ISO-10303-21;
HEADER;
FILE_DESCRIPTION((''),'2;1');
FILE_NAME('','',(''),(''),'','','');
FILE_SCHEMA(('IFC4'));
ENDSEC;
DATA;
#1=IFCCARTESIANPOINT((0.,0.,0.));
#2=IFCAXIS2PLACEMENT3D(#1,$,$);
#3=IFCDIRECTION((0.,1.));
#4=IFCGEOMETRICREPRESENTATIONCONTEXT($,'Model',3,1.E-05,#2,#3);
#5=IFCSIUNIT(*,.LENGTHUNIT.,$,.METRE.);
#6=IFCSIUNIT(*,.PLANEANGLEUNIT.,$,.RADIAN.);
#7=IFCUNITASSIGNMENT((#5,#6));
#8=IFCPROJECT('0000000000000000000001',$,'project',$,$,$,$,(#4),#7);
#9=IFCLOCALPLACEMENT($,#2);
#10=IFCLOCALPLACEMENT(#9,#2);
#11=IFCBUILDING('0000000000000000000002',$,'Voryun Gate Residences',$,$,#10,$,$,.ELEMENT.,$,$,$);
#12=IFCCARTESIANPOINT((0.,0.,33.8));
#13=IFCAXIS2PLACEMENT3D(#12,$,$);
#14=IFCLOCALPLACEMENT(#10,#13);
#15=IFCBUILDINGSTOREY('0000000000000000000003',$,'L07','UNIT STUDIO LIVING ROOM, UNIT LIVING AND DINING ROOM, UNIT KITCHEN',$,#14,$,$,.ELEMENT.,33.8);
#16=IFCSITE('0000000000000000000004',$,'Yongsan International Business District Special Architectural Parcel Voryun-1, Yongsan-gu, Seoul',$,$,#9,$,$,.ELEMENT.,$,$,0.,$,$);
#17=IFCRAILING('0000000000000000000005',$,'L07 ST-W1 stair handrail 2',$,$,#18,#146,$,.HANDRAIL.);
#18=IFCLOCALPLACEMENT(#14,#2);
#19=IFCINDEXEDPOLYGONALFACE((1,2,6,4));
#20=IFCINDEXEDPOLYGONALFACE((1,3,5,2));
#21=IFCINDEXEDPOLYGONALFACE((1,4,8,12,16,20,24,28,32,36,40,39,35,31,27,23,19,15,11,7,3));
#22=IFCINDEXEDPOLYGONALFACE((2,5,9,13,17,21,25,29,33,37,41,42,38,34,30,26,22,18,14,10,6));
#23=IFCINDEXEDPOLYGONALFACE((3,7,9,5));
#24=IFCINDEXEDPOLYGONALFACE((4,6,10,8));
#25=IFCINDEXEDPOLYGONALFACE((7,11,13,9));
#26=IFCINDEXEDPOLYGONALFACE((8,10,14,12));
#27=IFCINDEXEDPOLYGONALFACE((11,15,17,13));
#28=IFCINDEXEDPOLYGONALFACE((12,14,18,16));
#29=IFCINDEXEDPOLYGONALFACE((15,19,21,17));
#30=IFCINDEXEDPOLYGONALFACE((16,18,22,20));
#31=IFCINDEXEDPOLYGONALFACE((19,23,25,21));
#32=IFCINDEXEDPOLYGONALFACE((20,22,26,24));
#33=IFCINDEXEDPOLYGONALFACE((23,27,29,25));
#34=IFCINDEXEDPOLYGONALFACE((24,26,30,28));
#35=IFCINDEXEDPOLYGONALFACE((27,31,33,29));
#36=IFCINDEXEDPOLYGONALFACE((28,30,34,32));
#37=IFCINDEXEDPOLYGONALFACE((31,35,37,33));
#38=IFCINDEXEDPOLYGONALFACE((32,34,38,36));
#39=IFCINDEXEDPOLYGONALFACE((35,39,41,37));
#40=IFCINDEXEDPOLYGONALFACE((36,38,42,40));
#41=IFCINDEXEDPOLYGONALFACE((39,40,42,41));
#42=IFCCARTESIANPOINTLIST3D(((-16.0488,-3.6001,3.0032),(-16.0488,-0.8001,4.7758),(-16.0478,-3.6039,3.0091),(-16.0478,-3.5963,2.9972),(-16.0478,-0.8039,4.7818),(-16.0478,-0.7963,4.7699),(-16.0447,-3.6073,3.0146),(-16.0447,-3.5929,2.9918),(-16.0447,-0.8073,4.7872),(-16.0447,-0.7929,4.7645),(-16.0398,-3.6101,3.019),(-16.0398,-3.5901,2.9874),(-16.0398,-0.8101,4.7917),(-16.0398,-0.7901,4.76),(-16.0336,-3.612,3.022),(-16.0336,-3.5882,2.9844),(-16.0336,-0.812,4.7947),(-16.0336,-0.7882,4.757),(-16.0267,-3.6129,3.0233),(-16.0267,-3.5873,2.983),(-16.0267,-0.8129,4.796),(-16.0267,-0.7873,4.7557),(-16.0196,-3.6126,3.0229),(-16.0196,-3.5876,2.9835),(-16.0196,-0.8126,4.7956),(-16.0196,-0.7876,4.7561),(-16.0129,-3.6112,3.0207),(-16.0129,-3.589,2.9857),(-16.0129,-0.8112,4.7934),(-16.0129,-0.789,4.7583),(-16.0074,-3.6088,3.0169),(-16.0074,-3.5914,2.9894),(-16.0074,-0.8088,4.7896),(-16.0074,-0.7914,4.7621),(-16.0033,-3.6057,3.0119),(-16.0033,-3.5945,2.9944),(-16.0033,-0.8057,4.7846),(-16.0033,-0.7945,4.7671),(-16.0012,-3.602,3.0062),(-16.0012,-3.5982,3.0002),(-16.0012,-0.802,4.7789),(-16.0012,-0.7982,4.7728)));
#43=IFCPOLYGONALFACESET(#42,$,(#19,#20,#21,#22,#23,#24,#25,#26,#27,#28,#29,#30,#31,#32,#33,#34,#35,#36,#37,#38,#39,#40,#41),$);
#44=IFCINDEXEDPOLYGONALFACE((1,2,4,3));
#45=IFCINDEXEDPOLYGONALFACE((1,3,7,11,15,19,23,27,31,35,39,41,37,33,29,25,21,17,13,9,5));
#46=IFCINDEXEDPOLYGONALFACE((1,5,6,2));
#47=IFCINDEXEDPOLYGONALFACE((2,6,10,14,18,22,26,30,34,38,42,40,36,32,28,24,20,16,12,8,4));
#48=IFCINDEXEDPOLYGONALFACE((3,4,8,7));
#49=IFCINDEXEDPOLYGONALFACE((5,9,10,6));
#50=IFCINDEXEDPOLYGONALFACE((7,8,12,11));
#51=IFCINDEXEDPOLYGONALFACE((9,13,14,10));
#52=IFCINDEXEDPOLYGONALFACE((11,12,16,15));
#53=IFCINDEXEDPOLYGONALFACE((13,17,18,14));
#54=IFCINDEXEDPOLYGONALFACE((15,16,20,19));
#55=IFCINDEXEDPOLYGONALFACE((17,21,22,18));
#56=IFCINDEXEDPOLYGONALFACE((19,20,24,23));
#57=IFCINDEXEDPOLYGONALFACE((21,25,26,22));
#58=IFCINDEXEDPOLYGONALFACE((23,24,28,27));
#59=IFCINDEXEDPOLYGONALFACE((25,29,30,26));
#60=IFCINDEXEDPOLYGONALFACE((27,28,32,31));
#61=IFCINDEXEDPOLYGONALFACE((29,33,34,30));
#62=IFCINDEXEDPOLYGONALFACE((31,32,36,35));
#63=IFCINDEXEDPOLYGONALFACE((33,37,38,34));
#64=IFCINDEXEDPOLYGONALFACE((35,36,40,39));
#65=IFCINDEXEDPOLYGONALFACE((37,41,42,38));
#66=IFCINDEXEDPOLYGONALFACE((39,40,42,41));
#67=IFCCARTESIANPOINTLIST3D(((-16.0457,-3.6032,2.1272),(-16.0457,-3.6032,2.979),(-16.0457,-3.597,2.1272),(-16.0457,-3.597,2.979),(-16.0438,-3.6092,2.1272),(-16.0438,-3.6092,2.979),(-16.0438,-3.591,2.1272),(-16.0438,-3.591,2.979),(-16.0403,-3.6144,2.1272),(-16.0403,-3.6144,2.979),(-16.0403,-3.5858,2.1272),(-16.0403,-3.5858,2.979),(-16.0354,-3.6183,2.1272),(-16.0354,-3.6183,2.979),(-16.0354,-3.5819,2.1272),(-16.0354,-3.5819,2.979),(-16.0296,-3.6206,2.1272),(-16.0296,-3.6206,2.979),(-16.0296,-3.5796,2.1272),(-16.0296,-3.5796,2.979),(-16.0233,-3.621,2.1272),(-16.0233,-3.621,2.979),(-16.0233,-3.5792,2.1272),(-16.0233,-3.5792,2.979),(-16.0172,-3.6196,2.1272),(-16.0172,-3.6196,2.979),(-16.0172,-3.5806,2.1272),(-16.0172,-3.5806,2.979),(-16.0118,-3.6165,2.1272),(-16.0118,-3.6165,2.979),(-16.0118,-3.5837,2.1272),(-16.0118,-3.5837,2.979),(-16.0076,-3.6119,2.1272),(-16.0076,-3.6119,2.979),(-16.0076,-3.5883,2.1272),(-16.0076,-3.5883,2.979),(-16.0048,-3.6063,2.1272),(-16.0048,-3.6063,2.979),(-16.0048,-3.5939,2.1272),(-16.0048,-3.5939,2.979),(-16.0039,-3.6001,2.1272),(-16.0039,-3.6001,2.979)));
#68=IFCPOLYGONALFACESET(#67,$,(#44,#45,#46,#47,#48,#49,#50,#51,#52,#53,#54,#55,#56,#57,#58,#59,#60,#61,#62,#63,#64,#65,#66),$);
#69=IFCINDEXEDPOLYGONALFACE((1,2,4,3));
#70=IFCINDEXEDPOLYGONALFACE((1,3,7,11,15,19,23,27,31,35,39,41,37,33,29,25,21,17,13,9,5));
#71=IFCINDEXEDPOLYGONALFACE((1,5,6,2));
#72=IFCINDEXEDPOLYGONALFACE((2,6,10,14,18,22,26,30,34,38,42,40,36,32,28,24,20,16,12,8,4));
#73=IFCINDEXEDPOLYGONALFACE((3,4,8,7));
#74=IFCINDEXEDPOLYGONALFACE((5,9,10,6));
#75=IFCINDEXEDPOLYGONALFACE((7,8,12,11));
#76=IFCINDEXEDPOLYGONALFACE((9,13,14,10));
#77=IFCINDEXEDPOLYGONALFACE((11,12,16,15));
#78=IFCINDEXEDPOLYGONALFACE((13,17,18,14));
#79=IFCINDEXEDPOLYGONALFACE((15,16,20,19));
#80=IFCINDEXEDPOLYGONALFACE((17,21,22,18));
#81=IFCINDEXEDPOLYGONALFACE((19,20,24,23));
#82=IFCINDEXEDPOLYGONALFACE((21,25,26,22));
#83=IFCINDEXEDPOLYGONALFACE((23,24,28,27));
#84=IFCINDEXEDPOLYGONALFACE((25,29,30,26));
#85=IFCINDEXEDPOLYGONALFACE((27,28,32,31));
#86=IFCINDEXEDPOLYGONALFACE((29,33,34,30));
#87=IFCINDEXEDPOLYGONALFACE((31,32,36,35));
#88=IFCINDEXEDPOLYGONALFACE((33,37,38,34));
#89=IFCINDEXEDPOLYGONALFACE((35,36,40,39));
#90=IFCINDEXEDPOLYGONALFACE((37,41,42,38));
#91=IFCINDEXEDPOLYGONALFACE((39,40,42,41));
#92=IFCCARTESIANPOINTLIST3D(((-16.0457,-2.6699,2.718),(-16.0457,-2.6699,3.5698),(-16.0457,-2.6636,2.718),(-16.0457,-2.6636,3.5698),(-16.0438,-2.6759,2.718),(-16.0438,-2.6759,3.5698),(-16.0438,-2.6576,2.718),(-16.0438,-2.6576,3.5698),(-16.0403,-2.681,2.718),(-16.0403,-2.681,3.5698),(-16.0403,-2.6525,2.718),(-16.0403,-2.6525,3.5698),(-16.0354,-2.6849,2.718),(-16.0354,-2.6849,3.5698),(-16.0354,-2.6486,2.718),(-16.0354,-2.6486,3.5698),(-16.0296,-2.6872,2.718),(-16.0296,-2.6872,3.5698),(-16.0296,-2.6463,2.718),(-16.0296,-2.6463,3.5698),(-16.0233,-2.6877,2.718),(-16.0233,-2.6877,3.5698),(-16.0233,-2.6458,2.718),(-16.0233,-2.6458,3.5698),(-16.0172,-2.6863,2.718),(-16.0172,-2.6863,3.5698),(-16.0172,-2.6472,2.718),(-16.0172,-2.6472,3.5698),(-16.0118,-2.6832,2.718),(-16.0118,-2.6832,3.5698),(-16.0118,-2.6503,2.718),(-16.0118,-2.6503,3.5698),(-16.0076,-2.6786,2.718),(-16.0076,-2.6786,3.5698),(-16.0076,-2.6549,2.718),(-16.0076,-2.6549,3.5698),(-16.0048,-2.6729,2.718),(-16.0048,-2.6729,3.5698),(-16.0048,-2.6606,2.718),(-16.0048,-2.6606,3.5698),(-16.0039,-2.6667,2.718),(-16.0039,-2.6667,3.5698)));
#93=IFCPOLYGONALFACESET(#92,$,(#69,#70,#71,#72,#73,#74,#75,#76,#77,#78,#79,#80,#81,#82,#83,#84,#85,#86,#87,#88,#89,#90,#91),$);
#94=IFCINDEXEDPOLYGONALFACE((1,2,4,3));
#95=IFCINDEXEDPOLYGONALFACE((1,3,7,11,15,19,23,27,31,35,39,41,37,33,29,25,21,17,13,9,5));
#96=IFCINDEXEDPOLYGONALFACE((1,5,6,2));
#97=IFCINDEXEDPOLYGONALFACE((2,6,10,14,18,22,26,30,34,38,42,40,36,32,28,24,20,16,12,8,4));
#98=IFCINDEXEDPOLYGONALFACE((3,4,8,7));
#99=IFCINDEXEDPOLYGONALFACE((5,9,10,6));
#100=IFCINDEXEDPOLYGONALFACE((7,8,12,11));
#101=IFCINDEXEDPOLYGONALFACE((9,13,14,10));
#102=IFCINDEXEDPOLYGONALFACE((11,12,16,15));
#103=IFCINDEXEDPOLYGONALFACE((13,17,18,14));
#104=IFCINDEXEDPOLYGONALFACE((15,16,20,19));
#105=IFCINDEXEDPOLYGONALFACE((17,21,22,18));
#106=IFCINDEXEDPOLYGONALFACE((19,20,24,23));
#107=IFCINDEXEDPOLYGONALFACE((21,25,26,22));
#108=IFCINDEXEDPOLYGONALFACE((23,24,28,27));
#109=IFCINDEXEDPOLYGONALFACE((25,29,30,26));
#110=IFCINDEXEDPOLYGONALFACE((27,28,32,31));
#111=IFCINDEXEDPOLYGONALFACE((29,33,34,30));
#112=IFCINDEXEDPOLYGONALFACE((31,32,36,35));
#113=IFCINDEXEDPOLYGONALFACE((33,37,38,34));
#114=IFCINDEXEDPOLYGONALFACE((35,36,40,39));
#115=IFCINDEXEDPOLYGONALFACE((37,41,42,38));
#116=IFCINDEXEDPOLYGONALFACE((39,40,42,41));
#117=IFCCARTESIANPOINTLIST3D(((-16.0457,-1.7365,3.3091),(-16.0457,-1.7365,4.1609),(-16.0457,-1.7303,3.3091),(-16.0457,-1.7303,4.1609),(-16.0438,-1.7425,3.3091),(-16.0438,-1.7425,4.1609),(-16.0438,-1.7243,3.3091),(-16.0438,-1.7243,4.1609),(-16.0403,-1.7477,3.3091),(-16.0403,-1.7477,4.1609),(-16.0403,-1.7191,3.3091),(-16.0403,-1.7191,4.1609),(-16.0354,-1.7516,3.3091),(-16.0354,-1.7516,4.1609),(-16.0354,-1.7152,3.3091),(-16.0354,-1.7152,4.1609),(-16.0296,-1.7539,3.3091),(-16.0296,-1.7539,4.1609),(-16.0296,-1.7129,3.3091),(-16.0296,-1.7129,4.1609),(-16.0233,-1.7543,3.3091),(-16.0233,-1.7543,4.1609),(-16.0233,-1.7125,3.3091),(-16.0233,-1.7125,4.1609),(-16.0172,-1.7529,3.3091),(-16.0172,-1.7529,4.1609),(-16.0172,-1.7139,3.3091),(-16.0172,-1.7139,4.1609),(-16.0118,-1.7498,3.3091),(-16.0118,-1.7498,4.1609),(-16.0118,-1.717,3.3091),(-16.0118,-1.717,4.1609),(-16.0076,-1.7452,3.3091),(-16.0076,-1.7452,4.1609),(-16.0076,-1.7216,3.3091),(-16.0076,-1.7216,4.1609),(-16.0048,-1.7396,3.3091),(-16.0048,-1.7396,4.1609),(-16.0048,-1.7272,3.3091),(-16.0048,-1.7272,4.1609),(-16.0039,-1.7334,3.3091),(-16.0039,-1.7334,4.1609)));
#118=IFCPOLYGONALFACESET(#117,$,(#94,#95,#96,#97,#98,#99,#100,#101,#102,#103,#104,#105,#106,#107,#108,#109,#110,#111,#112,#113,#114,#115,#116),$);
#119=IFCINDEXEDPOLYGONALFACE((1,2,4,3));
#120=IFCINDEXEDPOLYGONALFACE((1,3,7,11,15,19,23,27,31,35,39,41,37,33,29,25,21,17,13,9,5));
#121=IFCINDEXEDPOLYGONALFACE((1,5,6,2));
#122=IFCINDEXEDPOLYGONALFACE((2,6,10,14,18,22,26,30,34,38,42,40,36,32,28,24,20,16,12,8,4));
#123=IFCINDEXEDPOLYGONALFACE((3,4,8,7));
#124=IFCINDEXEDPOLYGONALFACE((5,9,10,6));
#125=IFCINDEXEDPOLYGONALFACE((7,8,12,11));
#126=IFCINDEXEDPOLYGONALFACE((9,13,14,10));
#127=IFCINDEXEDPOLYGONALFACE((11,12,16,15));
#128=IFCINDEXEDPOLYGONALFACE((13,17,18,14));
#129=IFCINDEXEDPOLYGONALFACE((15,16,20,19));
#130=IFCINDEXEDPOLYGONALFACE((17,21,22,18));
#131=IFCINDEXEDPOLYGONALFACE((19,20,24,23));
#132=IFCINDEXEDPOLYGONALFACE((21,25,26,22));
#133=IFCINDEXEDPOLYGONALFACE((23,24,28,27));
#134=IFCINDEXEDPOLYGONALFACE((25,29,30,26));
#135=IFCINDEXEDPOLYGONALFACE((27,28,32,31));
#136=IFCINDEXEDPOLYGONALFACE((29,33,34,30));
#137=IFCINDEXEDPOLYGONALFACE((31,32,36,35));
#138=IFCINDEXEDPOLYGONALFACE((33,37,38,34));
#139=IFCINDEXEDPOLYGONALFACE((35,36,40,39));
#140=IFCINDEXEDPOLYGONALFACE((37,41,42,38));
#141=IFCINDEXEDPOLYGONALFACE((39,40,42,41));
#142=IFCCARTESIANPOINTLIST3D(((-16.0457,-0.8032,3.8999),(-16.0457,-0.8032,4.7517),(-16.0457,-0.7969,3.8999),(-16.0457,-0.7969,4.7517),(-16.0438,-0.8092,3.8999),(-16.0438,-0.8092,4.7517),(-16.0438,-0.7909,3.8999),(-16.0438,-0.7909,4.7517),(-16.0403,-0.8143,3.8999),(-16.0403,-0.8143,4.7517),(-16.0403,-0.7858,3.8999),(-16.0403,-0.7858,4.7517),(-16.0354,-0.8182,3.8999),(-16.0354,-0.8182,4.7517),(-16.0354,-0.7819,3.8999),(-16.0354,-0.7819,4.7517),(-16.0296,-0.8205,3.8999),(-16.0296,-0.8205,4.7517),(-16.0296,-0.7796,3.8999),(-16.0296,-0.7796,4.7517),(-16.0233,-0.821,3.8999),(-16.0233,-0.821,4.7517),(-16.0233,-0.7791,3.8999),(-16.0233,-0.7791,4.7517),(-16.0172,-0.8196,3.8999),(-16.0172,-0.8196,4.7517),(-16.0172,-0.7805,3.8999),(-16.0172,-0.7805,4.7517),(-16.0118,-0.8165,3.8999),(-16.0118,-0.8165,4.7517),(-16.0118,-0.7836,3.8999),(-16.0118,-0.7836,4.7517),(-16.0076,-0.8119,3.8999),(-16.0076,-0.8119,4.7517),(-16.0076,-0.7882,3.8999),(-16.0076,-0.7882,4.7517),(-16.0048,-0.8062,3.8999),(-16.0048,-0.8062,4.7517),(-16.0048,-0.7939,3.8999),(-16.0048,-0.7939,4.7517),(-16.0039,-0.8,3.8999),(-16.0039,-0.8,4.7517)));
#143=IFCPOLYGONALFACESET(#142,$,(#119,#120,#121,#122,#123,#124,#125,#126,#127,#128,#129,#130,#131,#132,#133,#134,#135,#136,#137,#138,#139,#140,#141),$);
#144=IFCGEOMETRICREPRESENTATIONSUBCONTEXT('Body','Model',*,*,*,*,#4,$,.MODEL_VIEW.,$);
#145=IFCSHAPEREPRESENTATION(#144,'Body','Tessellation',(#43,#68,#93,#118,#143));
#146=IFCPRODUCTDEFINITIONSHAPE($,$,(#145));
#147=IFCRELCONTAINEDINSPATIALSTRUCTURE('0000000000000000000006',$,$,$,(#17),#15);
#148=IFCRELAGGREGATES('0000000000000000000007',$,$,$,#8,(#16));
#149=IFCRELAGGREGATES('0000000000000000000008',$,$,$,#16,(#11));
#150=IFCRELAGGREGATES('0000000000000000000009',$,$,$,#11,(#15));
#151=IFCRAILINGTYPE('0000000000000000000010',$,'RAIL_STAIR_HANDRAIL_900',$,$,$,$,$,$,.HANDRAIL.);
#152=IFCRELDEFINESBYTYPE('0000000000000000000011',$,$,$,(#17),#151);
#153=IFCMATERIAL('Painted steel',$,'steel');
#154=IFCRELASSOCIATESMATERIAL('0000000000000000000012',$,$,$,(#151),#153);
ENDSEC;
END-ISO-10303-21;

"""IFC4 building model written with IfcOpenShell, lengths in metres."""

from ifc_helpers import new_model, si_unit, direction, frame, origin, origin_2d, place, context, subcontext, project, spatial, circle, extrude, material, type_object, element, save


model = new_model("IFC4")

# Units and contexts
model_context = context("Model", 3, precision=1e-05, world=origin(), true_north=direction((0.0, 1.0)))
body_context = subcontext(model_context, "Body", "Model", "MODEL_VIEW")
ifc_project = project(units=[si_unit("LENGTHUNIT", "METRE"), si_unit("PLANEANGLEUNIT", "RADIAN")], contexts=[model_context])

# Site, building, storey
site_placement = place(None, origin())
site = spatial("IfcSite", under=ifc_project, at=site_placement, Name="Yongsan International Business District Special Architectural Parcel Voryun-1, Yongsan-gu, Seoul", CompositionType="ELEMENT", RefElevation=0.0)
building_placement = place(site_placement, origin())
building = spatial("IfcBuilding", under=site, at=building_placement, Name="Voryun Gate Residences", CompositionType="ELEMENT")
storey_placement = place(building_placement, frame((0.0, 0.0, 33.8)))
storey = spatial("IfcBuildingStorey", under=building, at=storey_placement, Name="L07", Description="UNIT STUDIO LIVING ROOM, UNIT LIVING AND DINING ROOM, UNIT KITCHEN", CompositionType="ELEMENT", Elevation=33.8)

# Railing
ifc_material_1 = material(Name="Painted steel", Category="steel")
railing_type_1 = type_object("IfcRailingType", Name="RAIL_STAIR_HANDRAIL_900", PredefinedType="HANDRAIL", material=ifc_material_1)
railing_1_placement = place(storey_placement, frame((-16.0249, -3.6001, 2.1272)))
element("IfcRailing", 1, at=railing_1_placement, inside=storey, type_object=railing_type_1, Name="L07 ST-W1 stair handrail 2", PredefinedType="HANDRAIL", context=body_context, shape_type="SweptSolid", body=[
    extrude(circle(Radius=0.0239, at=origin_2d()), frame((0.0, 0.0, 0.876), z_axis=(0.0, 0.844909, 0.53491), x_axis=(-1.0, 0.0, 0.0)), (0.0, 0.0, 1.0), 3.314),
    extrude(circle(Radius=0.021, at=origin_2d()), origin(), (0.0, 0.0, 1.0), 0.8518),
    extrude(circle(Radius=0.021, at=origin_2d()), frame((0.0, 0.9333, 0.5908)), (0.0, 0.0, 1.0), 0.8518),
    extrude(circle(Radius=0.021, at=origin_2d()), frame((0.0, 1.8667, 1.1819)), (0.0, 0.0, 1.0), 0.8518),
    extrude(circle(Radius=0.021, at=origin_2d()), frame((0.0, 2.8, 1.7727)), (0.0, 0.0, 1.0), 0.8518),
])

save(model, "model.ifc")
